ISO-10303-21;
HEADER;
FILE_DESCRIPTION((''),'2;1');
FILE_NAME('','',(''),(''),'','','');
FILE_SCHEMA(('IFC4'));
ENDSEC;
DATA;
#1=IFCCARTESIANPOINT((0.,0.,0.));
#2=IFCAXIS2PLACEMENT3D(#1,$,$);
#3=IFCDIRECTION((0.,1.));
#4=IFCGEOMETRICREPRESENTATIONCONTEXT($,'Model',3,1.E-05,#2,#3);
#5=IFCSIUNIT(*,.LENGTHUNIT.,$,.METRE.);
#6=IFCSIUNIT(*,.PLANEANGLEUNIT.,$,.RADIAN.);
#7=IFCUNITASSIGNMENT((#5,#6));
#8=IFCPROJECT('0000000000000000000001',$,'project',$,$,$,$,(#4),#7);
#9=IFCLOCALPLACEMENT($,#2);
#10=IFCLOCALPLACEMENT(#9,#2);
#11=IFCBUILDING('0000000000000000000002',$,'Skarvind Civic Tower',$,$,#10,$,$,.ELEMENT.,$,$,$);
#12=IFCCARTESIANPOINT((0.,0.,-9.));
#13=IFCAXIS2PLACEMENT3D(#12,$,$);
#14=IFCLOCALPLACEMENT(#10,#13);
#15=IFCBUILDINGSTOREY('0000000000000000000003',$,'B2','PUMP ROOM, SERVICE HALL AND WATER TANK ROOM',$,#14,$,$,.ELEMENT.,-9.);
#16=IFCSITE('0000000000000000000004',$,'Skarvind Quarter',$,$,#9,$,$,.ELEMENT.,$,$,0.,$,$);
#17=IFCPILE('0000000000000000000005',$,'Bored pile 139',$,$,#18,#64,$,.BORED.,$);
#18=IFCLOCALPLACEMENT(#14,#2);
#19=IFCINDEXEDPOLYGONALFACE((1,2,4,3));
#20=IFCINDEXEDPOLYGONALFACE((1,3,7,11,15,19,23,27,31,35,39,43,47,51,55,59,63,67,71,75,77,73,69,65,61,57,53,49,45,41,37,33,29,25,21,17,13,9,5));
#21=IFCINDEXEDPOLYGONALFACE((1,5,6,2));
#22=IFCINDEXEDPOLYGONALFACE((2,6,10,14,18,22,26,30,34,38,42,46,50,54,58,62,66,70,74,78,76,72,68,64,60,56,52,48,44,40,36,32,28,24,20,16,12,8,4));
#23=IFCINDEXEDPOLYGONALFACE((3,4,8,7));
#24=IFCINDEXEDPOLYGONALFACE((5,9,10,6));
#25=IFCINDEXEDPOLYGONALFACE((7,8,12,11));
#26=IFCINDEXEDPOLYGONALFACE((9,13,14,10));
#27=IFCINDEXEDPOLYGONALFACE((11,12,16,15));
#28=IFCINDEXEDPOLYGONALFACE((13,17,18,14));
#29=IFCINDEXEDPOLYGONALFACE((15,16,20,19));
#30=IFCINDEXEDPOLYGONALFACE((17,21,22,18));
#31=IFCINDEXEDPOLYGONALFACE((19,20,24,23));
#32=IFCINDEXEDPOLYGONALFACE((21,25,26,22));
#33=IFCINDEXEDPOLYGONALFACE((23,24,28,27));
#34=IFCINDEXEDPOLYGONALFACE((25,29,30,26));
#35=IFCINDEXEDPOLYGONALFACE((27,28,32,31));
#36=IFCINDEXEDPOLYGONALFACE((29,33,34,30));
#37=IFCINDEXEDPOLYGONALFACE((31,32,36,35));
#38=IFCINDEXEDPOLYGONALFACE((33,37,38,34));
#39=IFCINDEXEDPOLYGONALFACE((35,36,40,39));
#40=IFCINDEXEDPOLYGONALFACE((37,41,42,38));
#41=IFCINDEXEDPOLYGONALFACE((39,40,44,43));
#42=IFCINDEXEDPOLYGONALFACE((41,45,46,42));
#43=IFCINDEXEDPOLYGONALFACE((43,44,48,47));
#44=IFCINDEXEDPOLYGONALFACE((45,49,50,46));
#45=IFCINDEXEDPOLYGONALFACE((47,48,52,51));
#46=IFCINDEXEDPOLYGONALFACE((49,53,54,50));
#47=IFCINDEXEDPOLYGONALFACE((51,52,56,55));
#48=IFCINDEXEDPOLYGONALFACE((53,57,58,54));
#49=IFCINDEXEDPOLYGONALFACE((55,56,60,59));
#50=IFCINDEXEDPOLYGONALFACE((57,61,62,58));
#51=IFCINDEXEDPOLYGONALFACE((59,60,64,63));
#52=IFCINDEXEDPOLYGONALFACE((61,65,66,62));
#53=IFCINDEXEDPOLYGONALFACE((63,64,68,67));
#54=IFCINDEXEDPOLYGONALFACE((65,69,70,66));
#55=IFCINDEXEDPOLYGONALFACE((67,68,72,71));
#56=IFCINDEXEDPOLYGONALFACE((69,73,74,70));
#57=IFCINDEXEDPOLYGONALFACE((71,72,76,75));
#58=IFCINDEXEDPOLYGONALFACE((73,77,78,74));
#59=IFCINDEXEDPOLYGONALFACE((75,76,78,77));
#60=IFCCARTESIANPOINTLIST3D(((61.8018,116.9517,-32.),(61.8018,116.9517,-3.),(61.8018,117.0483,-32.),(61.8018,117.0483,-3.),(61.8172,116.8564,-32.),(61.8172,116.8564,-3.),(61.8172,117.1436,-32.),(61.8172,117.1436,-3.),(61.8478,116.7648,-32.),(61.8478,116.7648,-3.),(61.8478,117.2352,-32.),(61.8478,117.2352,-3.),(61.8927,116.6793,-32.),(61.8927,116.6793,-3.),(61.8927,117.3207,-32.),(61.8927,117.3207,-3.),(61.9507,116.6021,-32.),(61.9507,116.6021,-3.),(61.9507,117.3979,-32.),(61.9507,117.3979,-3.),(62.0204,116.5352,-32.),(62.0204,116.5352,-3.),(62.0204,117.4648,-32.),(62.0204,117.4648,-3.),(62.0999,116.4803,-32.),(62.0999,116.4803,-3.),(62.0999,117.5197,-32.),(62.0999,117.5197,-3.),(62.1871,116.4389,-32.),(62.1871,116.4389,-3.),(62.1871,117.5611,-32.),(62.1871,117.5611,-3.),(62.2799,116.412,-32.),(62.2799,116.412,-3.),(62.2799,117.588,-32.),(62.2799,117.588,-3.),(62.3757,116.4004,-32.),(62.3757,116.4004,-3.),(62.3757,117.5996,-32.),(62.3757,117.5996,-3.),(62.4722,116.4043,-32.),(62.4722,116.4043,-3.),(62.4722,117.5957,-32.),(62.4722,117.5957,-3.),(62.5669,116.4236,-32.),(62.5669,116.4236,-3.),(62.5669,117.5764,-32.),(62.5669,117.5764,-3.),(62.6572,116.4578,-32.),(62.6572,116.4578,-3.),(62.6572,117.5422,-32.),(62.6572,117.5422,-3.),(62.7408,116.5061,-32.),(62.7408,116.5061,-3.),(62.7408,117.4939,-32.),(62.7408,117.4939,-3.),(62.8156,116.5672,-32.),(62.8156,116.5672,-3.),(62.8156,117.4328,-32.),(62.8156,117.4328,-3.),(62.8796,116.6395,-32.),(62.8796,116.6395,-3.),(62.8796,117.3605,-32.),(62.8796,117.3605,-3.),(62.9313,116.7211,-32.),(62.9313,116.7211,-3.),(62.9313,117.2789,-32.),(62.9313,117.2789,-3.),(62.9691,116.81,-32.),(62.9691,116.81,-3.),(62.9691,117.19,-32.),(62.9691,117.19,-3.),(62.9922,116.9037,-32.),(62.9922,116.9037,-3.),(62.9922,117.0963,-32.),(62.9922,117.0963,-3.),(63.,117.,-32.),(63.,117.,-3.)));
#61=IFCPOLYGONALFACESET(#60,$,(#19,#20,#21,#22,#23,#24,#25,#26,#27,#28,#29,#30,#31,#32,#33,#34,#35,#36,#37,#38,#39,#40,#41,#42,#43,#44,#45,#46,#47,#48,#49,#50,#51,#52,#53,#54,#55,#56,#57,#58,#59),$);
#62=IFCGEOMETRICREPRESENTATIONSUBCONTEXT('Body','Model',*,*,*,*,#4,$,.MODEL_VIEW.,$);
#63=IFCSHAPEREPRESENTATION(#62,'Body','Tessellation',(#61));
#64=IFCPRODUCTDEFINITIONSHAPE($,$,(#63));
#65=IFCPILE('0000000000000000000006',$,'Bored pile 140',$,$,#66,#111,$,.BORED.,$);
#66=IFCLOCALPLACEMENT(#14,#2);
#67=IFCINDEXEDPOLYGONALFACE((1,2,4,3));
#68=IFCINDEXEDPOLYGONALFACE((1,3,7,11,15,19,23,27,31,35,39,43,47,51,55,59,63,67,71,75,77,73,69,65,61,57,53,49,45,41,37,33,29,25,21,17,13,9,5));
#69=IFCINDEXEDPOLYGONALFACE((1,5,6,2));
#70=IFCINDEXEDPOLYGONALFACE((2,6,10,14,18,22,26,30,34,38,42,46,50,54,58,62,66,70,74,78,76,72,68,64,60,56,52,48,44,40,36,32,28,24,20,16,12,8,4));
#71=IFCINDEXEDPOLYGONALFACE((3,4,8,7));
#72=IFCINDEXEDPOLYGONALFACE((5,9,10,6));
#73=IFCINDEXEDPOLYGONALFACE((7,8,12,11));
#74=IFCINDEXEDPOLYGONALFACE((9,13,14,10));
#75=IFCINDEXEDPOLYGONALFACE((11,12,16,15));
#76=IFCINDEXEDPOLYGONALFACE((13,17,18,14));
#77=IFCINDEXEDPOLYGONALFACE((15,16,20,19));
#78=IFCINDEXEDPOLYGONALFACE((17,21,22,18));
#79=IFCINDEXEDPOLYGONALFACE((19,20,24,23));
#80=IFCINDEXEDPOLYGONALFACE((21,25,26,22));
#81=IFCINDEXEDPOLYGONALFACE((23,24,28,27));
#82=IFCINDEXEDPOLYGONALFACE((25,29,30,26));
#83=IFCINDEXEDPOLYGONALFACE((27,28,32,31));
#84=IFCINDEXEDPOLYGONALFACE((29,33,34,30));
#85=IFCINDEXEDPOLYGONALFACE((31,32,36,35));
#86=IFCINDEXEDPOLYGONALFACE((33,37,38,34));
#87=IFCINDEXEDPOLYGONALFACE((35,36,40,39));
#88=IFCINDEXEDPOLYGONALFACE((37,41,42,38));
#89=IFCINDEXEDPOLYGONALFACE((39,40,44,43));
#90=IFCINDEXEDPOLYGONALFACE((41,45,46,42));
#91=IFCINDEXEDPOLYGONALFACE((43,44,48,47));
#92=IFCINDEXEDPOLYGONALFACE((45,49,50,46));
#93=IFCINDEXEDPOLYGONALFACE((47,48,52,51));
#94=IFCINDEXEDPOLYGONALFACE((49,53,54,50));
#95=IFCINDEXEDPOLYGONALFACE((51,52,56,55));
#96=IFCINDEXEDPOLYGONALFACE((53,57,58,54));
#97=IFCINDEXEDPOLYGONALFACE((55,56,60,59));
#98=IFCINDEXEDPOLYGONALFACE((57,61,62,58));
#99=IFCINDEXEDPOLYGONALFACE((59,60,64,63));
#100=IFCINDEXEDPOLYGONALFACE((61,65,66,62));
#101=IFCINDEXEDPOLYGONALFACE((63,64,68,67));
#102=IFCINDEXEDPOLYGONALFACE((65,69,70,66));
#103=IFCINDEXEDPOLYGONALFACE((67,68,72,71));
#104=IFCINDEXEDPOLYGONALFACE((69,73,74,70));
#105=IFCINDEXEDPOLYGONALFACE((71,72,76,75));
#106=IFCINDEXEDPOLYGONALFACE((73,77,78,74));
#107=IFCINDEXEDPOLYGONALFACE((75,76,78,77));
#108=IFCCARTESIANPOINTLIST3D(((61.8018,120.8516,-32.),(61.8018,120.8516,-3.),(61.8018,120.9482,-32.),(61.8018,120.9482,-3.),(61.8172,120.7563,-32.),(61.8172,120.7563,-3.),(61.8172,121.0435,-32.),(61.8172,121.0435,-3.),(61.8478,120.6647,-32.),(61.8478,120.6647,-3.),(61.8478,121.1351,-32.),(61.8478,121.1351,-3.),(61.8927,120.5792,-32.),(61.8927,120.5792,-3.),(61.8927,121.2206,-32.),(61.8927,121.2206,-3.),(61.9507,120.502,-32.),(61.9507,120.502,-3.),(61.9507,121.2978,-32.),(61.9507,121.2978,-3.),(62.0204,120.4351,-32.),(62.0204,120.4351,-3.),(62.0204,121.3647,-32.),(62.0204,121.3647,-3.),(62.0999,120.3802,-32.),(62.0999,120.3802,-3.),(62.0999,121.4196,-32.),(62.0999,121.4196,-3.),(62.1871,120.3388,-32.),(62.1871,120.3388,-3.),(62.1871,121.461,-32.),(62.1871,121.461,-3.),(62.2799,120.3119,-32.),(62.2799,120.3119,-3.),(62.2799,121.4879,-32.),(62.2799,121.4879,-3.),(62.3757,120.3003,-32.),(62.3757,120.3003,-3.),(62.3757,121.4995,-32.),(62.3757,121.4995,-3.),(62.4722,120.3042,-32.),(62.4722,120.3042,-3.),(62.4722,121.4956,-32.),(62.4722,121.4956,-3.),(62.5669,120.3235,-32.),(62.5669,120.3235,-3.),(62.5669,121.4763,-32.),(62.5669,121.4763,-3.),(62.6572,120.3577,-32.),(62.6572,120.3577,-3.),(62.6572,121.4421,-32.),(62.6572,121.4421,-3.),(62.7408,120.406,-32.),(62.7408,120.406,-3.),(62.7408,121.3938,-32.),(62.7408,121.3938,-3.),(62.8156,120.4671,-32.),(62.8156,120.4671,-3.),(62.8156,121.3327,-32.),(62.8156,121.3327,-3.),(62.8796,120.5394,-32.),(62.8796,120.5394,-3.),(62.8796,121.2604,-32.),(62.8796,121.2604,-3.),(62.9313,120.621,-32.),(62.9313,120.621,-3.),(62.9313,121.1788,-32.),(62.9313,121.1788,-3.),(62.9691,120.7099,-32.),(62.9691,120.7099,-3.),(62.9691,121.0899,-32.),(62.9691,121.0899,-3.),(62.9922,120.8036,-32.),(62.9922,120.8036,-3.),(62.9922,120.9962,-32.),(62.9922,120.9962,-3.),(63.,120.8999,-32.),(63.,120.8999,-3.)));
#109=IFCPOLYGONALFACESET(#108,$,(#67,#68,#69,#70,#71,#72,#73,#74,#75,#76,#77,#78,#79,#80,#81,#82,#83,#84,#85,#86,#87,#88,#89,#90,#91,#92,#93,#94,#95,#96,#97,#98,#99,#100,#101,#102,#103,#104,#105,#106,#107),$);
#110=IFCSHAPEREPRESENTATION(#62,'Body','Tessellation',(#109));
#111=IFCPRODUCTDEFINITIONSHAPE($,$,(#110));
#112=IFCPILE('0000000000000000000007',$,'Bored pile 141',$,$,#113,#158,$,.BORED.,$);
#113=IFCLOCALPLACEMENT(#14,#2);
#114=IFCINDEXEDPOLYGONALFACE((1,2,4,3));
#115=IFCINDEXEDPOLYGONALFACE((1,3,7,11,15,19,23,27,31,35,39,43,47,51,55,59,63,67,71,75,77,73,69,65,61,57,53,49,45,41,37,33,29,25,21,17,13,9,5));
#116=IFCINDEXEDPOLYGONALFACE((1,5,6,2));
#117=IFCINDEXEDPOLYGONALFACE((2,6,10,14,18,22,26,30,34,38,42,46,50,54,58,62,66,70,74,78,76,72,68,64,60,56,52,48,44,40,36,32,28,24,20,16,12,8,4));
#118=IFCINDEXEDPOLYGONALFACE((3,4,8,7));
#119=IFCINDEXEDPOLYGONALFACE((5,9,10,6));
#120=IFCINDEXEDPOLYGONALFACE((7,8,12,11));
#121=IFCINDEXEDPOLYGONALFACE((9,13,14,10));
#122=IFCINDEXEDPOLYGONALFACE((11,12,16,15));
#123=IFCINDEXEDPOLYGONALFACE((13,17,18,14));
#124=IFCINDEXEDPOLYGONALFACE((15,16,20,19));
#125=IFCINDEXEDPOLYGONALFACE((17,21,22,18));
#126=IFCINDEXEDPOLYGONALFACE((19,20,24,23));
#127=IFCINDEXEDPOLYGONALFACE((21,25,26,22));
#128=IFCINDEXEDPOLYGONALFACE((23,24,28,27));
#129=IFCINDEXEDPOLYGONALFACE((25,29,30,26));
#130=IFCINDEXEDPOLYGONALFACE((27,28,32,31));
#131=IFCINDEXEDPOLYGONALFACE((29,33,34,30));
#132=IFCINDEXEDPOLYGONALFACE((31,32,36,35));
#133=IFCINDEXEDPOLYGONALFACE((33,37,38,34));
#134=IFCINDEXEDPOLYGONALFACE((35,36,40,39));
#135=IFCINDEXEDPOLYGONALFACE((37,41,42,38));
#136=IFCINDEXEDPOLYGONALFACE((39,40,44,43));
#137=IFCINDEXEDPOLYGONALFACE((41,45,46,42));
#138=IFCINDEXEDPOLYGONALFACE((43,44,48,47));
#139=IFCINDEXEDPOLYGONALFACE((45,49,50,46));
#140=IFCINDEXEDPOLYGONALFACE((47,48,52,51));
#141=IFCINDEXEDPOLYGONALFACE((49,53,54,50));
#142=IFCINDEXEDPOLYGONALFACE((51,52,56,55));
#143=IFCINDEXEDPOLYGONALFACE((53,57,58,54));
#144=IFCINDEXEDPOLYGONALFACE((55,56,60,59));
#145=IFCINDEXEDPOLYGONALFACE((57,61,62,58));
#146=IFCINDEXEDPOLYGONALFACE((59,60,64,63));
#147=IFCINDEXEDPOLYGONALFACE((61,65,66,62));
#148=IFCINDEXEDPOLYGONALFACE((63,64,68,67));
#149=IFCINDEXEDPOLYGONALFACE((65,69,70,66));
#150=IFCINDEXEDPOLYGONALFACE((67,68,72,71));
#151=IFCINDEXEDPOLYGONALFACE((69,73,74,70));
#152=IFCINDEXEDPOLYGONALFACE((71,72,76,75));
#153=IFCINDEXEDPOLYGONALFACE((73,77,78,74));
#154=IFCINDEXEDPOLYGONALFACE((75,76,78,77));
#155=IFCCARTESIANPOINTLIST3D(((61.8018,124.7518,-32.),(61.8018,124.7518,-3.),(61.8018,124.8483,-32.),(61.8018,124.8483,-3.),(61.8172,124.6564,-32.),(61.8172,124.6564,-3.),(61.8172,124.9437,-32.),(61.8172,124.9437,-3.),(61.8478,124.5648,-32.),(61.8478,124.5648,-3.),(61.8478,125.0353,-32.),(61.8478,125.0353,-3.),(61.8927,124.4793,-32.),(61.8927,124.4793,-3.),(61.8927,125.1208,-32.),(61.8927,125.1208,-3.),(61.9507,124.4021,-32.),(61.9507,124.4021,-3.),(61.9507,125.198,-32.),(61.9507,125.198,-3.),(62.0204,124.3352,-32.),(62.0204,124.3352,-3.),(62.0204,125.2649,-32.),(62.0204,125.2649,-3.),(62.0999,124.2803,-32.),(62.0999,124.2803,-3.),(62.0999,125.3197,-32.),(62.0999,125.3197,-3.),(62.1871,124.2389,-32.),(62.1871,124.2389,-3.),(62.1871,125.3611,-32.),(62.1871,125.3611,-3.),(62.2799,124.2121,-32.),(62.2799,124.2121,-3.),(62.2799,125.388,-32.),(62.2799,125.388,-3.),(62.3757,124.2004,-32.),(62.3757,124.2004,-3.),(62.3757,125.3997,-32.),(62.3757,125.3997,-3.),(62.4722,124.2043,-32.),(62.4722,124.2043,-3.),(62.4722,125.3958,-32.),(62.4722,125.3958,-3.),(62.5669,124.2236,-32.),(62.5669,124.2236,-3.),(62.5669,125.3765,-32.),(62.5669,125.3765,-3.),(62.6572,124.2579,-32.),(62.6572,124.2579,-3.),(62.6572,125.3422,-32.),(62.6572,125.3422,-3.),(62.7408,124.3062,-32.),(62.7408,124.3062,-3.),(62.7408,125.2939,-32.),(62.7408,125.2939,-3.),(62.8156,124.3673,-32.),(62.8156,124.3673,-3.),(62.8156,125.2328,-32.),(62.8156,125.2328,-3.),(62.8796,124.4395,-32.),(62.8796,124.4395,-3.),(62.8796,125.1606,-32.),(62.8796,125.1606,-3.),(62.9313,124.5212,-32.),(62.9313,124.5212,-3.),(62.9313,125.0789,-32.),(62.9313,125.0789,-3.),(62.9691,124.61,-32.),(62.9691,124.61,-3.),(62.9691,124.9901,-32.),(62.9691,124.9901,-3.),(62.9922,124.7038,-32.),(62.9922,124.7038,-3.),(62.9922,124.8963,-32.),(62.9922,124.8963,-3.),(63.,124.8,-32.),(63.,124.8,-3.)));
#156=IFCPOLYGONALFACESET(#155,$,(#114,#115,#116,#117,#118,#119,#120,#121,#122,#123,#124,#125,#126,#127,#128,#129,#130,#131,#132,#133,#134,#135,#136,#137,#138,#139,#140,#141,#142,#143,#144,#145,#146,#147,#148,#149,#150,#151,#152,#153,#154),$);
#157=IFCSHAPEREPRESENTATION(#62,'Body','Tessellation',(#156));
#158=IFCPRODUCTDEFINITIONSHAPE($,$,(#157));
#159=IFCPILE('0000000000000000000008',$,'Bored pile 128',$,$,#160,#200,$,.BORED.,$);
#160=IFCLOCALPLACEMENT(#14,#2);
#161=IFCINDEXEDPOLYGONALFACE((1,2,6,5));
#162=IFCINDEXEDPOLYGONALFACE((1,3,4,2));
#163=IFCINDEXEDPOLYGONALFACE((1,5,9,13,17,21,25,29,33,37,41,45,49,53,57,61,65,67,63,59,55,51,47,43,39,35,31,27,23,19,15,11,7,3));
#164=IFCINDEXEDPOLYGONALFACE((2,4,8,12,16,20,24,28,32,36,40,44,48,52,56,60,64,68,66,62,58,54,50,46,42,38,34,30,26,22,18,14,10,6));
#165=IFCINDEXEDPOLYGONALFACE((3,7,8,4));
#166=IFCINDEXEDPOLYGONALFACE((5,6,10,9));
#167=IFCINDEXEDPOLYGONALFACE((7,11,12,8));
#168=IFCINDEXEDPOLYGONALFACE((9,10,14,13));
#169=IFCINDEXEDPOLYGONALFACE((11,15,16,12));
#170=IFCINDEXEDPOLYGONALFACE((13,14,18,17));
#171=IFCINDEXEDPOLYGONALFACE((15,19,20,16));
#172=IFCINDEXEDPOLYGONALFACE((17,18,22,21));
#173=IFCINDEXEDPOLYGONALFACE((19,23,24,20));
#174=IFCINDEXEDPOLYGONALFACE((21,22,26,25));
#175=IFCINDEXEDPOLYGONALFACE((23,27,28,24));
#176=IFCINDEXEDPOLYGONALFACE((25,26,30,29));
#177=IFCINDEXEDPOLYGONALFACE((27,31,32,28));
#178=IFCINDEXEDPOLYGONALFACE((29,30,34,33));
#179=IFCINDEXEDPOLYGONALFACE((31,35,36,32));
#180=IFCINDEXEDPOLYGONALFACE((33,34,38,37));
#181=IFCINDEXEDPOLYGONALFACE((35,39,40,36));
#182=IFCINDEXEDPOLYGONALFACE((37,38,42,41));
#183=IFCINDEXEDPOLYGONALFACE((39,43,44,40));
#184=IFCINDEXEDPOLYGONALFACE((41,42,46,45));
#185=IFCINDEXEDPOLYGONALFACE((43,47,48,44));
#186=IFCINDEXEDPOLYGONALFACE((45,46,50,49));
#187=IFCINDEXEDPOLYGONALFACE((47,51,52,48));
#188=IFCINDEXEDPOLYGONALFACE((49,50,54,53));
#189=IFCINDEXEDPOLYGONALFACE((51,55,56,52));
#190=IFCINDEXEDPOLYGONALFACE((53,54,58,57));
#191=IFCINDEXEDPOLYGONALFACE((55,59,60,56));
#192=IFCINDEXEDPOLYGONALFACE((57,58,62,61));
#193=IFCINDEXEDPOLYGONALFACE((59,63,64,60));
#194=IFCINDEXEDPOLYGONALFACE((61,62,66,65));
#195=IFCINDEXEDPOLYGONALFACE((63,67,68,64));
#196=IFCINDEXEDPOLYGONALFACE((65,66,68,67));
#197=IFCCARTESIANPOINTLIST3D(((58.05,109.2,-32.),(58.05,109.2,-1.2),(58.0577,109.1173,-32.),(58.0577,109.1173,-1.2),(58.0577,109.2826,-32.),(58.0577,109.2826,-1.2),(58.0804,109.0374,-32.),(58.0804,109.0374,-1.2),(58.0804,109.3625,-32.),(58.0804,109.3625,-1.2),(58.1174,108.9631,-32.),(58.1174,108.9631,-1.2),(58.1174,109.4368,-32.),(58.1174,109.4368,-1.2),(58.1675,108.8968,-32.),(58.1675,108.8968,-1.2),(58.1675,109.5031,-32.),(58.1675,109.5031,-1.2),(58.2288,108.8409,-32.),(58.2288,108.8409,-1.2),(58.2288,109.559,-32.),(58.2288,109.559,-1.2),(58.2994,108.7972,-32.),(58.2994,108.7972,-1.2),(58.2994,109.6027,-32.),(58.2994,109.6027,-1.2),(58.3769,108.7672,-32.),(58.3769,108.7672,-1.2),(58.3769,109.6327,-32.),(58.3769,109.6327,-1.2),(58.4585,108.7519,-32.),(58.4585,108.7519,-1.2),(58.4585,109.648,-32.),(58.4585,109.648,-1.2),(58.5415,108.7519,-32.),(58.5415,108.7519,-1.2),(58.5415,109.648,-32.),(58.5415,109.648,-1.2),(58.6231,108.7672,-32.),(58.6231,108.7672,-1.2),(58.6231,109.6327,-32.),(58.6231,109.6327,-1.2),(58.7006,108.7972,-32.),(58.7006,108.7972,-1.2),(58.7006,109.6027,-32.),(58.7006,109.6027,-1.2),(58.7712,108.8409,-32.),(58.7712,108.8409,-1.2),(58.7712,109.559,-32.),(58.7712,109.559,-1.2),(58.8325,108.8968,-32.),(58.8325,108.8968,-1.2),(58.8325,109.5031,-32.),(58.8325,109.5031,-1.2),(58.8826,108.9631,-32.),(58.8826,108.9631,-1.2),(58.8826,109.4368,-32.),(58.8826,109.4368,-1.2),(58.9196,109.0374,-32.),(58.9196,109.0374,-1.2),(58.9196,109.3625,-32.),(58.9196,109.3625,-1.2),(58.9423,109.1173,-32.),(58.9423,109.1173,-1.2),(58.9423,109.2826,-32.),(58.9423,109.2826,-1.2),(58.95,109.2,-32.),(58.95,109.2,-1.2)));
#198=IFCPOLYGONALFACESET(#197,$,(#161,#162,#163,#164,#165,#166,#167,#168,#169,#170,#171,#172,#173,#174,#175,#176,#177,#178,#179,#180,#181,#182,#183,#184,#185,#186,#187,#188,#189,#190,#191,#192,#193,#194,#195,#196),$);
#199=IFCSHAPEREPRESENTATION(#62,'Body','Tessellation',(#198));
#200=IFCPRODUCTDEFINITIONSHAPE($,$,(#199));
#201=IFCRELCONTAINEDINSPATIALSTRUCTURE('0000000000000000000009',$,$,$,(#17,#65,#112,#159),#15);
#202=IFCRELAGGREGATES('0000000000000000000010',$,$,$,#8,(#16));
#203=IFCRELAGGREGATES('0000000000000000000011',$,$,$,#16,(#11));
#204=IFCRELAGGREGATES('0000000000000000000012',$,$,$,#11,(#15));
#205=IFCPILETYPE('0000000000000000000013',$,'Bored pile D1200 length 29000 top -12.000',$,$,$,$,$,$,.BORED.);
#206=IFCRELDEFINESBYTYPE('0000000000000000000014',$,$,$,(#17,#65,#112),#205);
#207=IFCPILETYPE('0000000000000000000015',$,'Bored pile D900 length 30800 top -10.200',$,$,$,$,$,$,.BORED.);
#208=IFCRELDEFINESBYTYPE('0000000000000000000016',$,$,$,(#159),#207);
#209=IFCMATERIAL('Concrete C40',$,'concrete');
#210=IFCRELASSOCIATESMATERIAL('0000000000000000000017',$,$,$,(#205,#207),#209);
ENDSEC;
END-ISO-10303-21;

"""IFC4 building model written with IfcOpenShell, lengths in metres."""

from ifc_helpers import new_model, si_unit, direction, frame, origin, origin_2d, place, context, subcontext, project, spatial, circle, extrude, material, type_object, element, save


model = new_model("IFC4")

# Units and contexts
model_context = context("Model", 3, precision=1e-05, world=origin(), true_north=direction((0.0, 1.0)))
body_context = subcontext(model_context, "Body", "Model", "MODEL_VIEW")
ifc_project = project(units=[si_unit("LENGTHUNIT", "METRE"), si_unit("PLANEANGLEUNIT", "RADIAN")], contexts=[model_context])

# Site, building, storey
site_placement = place(None, origin())
site = spatial("IfcSite", under=ifc_project, at=site_placement, Name="Skarvind Quarter", CompositionType="ELEMENT", RefElevation=0.0)
building_placement = place(site_placement, origin())
building = spatial("IfcBuilding", under=site, at=building_placement, Name="Skarvind Civic Tower", CompositionType="ELEMENT")
storey_placement = place(building_placement, frame((0.0, 0.0, -9.0)))
storey = spatial("IfcBuildingStorey", under=building, at=storey_placement, Name="B2", Description="PUMP ROOM, SERVICE HALL AND WATER TANK ROOM", CompositionType="ELEMENT", Elevation=-9.0)

# Piles
ifc_material_1 = material(Name="Concrete C40", Category="concrete")
pile_type_1 = type_object("IfcPileType", Name="Bored pile D1200 length 29000 top -12.000", PredefinedType="BORED", material=ifc_material_1)
for number, where, z_axis, x_axis, name in (
    (1, (62.3999, 117.0, -3.0), (0.0, 0.0, -1.0), (1.0, 0.0, 0.0), "Bored pile 139"),
    (2, (62.3999, 120.8999, -3.0), (0.0, 0.0, -1.0), (1.0, 0.0, 0.0), "Bored pile 140"),
    (3, (62.3999, 124.8, -3.0), (0.0, 0.0, -1.0), (1.0, 0.0, 0.0), "Bored pile 141"),
):
    element("IfcPile", number, at=place(storey_placement, frame(where, z_axis=z_axis, x_axis=x_axis)), inside=storey, type_object=pile_type_1, Name=name, PredefinedType="BORED", context=body_context, shape_type="SweptSolid", body=[
        extrude(circle(Radius=0.6001, at=origin_2d()), origin(), (0.0, 0.0, 1.0), 29.0),
    ])
pile_type_2 = type_object("IfcPileType", Name="Bored pile D900 length 30800 top -10.200", PredefinedType="BORED", material=ifc_material_1)
for number, where, z_axis, x_axis, name in (
    (4, (58.5, 109.2, -1.2), (0.0, 0.0, -1.0), (1.0, 0.0, 0.0), "Bored pile 128"),
):
    element("IfcPile", number, at=place(storey_placement, frame(where, z_axis=z_axis, x_axis=x_axis)), inside=storey, type_object=pile_type_2, Name=name, PredefinedType="BORED", context=body_context, shape_type="SweptSolid", body=[
        extrude(circle(Radius=0.45, at=origin_2d()), origin(), (0.0, 0.0, 1.0), 30.8),
    ])

save(model, "model.ifc")
